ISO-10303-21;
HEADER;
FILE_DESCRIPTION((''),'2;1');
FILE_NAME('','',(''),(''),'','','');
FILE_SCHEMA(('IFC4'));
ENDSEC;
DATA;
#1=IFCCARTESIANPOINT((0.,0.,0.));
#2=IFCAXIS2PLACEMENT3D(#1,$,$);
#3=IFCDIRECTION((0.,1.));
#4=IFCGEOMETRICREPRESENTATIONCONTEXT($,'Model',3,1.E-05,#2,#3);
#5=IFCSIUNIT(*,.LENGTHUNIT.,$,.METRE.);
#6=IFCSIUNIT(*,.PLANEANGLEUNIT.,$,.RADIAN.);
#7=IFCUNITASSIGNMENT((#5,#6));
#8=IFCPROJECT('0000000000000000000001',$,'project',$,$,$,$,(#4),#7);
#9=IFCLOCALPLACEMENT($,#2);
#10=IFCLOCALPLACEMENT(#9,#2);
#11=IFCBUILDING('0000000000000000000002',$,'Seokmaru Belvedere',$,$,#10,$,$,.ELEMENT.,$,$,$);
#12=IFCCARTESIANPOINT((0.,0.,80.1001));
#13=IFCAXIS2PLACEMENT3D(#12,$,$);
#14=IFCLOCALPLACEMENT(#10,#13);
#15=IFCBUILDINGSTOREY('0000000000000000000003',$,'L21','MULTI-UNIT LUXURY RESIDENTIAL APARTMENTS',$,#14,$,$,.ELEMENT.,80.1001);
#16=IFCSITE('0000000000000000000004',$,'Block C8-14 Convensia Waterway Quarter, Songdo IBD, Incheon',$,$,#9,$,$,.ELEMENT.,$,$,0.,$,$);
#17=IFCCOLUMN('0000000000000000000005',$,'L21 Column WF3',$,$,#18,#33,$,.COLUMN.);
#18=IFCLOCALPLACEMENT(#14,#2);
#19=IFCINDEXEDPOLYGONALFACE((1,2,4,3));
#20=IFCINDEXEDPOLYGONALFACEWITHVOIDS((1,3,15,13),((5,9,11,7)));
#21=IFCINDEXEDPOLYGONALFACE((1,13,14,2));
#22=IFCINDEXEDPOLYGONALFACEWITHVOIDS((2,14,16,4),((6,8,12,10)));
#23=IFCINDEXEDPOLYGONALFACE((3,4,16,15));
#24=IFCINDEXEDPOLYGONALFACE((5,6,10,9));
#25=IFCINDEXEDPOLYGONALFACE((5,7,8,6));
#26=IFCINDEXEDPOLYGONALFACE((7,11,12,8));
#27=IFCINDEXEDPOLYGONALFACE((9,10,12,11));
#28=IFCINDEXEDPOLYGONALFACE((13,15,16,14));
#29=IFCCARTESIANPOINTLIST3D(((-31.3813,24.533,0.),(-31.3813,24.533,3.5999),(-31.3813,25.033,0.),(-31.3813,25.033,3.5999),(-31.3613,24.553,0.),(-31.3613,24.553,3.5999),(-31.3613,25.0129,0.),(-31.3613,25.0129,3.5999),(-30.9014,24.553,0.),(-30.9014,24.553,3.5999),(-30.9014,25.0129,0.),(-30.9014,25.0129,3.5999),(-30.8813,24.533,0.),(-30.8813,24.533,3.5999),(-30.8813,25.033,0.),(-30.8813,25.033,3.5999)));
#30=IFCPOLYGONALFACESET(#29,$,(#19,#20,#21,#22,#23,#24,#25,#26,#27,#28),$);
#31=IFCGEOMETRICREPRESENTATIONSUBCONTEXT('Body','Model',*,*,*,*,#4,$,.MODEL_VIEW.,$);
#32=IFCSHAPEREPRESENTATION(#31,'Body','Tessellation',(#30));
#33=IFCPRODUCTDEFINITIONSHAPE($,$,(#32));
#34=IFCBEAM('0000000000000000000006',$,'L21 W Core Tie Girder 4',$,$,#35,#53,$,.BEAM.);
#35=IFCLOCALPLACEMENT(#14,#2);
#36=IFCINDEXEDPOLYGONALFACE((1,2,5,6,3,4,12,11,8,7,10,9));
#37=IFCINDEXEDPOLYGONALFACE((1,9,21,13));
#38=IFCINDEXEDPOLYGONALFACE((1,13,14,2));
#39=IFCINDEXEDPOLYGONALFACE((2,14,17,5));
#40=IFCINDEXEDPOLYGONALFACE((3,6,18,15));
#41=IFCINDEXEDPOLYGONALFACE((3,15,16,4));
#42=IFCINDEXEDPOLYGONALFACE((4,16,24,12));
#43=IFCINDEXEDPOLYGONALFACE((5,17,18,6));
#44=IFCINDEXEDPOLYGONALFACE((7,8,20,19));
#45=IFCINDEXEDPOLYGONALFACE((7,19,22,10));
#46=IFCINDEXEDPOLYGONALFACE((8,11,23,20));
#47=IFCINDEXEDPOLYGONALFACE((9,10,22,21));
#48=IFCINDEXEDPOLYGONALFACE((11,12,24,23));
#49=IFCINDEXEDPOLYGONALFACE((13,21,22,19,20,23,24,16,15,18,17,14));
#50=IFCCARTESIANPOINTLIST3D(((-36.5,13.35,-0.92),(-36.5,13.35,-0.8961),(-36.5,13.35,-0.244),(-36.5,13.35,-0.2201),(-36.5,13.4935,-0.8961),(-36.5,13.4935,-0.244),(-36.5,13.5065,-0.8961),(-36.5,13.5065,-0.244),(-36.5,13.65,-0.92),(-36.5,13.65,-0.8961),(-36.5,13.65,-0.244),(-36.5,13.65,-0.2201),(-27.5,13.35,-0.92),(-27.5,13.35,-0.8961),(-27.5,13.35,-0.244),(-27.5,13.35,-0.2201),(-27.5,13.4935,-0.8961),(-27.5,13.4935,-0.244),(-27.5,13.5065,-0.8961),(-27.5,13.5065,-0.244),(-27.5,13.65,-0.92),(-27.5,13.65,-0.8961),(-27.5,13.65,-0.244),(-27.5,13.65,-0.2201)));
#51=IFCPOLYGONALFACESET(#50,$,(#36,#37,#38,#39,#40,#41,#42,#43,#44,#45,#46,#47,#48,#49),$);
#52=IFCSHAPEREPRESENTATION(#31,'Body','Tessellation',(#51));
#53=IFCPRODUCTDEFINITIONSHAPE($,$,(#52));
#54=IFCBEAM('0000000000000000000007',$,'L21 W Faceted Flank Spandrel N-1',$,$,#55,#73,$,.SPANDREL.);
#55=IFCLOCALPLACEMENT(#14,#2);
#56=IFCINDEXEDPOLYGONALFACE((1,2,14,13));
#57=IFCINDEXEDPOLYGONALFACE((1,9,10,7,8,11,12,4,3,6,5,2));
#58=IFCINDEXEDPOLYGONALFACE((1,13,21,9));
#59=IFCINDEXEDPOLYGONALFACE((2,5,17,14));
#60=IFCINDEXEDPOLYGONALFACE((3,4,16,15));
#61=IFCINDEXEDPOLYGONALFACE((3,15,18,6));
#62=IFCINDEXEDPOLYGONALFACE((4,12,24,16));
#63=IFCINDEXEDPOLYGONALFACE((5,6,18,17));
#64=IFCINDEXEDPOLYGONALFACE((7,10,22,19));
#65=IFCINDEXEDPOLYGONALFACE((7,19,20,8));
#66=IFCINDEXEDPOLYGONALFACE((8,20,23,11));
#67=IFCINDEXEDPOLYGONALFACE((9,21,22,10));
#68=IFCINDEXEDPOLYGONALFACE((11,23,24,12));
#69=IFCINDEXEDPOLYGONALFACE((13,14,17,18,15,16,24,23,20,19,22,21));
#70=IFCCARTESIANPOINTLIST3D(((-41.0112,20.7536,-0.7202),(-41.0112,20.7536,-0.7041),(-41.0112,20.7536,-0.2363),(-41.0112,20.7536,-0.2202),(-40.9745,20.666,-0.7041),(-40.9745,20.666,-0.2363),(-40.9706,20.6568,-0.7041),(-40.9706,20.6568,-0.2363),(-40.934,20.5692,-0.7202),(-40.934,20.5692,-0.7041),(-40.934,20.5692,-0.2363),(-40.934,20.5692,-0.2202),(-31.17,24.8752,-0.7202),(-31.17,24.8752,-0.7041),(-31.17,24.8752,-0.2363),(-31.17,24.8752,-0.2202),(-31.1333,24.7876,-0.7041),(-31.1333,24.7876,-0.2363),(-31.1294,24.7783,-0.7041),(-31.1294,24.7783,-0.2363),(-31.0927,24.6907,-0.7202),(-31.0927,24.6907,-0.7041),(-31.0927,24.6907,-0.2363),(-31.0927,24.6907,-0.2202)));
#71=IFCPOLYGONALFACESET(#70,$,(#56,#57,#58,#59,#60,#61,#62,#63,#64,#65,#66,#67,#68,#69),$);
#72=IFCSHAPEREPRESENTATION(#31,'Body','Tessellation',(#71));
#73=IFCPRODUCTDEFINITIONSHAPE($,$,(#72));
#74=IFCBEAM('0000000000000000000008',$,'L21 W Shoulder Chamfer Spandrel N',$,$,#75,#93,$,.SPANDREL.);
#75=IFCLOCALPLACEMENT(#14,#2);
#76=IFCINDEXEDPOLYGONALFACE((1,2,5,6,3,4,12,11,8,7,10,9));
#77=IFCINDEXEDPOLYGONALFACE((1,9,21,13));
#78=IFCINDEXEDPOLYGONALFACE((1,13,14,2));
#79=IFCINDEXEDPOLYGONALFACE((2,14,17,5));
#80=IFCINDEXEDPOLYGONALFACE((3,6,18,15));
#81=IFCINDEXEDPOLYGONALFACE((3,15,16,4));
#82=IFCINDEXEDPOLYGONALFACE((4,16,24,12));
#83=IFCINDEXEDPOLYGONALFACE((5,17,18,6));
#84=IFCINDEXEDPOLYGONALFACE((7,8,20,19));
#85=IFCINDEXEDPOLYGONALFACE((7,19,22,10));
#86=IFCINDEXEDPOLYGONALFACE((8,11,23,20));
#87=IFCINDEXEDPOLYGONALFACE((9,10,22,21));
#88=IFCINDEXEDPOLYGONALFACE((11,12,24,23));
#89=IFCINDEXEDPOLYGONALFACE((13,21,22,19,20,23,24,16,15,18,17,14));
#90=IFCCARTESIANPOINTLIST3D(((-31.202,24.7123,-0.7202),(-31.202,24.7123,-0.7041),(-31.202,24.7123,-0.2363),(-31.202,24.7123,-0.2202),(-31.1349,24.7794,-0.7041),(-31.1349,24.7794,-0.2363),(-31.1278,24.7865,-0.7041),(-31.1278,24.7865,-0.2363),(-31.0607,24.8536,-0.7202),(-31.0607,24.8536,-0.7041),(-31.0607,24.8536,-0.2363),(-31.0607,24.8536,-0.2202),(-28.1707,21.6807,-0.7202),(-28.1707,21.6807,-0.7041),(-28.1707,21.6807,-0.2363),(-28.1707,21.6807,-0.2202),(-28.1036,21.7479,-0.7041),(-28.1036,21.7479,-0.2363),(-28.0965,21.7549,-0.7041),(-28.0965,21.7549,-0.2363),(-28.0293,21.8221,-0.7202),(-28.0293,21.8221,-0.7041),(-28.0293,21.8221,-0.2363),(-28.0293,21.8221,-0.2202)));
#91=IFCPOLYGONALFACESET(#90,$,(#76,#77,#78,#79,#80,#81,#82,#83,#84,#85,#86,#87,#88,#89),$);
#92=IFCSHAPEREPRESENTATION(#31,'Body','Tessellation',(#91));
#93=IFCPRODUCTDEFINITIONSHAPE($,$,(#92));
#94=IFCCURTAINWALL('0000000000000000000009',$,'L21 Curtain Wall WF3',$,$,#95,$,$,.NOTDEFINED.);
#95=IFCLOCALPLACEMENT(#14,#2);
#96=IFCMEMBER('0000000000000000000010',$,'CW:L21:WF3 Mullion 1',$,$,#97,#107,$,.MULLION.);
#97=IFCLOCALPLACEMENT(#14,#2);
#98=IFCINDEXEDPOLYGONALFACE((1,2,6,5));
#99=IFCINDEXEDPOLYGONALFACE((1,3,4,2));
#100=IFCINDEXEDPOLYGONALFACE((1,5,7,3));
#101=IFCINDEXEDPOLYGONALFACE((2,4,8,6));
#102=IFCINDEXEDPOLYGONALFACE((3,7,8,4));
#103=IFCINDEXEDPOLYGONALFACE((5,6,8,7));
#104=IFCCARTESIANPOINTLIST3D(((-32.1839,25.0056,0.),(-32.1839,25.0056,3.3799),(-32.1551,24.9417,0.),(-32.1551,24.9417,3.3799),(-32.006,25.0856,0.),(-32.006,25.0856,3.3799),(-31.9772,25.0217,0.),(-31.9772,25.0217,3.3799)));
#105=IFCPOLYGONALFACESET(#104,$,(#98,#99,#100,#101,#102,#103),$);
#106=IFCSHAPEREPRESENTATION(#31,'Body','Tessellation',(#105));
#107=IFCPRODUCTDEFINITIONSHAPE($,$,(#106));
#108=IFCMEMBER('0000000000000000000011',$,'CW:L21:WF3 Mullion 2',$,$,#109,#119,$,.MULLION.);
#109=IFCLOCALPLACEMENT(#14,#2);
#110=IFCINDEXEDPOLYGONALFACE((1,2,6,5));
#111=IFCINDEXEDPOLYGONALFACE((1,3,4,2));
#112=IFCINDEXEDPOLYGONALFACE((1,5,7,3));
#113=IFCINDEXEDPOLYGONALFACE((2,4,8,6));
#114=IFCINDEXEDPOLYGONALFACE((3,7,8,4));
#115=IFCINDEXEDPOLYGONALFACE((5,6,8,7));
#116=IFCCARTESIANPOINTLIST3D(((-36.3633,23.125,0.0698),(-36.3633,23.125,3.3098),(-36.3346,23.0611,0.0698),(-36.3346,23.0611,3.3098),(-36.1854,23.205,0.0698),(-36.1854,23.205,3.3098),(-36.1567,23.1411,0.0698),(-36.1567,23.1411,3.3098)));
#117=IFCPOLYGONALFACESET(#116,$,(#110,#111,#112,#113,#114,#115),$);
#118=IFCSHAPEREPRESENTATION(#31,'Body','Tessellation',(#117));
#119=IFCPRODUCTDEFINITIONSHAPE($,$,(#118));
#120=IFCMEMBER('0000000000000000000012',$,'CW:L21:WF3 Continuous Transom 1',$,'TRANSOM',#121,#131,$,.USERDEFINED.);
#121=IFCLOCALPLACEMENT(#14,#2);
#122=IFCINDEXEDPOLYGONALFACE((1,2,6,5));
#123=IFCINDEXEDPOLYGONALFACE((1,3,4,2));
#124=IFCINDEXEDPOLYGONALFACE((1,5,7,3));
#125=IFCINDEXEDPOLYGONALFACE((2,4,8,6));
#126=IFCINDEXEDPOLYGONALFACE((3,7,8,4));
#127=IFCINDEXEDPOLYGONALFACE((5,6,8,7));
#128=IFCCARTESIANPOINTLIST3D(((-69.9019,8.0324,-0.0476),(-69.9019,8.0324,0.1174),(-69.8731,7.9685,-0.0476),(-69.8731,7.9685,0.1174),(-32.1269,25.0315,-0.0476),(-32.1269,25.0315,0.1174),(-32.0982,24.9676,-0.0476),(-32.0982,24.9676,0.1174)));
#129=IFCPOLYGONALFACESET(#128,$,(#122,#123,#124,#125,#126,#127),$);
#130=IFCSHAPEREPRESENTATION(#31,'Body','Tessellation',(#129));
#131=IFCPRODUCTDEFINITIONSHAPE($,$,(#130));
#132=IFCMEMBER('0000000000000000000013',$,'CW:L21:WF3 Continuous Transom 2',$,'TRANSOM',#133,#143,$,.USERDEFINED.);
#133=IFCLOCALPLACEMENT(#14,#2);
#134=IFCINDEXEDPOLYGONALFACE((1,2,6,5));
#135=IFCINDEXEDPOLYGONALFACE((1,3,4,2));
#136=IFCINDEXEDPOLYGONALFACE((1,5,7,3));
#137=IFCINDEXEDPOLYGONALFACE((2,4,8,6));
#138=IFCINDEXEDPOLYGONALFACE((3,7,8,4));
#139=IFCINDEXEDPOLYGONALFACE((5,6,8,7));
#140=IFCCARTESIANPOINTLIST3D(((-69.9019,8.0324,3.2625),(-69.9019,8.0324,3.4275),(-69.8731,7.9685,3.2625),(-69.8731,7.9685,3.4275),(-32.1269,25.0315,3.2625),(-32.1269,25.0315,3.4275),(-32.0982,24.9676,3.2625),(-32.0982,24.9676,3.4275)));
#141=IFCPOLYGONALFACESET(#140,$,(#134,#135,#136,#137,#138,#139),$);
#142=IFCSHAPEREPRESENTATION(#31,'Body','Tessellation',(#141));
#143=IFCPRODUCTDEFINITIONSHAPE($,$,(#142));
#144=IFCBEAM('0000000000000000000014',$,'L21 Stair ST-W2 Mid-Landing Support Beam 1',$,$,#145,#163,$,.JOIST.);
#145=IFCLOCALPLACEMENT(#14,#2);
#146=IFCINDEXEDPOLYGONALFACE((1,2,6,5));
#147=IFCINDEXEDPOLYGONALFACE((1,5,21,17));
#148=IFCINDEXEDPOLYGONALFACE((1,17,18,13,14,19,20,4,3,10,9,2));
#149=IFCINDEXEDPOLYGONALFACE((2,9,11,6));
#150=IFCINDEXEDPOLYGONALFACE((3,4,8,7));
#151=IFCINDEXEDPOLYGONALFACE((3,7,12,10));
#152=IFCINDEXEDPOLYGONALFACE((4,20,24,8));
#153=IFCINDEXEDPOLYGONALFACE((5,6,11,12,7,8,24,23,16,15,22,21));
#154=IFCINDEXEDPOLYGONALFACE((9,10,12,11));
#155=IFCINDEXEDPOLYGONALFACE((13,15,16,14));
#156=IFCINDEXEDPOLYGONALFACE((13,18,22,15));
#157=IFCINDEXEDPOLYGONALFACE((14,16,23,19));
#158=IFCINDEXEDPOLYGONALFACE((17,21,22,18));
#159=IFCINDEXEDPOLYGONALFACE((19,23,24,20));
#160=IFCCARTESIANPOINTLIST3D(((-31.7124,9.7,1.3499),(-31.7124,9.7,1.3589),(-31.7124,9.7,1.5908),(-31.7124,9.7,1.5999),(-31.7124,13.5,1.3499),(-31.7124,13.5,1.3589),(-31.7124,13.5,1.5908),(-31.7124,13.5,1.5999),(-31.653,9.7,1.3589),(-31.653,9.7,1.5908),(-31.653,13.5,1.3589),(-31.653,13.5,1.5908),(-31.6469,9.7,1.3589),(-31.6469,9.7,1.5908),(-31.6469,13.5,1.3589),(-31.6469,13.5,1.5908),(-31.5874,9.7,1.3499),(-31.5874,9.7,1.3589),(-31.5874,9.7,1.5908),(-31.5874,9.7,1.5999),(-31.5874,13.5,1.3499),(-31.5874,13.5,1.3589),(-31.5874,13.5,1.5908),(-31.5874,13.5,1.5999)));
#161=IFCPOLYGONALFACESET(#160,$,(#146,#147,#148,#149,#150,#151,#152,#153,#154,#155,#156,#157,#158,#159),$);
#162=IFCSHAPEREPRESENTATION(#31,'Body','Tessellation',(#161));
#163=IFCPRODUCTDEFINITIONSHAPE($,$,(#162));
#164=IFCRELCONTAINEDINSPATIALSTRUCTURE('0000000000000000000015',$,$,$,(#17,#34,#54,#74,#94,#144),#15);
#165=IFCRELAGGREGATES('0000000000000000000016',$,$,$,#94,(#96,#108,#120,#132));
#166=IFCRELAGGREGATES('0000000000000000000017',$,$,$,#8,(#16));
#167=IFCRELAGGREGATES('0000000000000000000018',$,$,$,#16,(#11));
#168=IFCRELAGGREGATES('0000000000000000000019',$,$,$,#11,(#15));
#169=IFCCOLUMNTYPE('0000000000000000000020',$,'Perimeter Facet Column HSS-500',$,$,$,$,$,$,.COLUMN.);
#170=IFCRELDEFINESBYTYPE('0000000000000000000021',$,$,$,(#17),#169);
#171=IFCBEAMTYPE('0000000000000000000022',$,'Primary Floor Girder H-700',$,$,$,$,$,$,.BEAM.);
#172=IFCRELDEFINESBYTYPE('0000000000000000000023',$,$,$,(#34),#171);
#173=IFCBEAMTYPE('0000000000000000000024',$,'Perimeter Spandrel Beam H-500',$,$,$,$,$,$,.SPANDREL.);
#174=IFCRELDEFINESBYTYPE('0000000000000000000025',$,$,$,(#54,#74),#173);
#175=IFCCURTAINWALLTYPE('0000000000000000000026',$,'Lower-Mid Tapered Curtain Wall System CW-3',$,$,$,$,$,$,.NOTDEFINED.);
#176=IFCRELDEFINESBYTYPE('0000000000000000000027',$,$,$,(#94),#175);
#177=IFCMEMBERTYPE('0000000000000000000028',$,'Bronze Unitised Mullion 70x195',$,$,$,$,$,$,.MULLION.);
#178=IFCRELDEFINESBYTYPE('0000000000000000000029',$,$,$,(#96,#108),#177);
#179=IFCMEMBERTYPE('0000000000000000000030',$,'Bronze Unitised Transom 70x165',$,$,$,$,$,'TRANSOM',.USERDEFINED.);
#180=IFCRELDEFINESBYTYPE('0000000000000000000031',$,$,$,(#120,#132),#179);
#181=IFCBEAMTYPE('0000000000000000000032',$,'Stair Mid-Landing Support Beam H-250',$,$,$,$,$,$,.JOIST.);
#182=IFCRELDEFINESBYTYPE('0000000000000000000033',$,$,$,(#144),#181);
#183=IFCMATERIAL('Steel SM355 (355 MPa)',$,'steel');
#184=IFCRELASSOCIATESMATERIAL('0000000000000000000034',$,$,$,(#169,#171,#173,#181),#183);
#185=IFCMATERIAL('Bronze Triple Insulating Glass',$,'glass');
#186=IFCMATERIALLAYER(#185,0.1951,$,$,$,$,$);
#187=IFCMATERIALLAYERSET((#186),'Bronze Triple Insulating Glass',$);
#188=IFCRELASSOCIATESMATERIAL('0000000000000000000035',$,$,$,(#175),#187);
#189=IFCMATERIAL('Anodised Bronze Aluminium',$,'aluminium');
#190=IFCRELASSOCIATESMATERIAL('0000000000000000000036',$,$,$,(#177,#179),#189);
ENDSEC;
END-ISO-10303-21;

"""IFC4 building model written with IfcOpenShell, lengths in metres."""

from ifc_helpers import new_model, si_unit, direction, frame, origin, origin_2d, place, context, subcontext, project, spatial, rectangle, hollow_rectangle, i_section, extrude, source, transform, mapped, material, layer, layer_set, material_profile, profile_set, type_object, type_shapes, element, aggregate, save


model = new_model("IFC4")

# Units and contexts
model_context = context("Model", 3, precision=1e-05, world=origin(), true_north=direction((0.0, 1.0)))
body_context = subcontext(model_context, "Body", "Model", "MODEL_VIEW")
ifc_project = project(units=[si_unit("LENGTHUNIT", "METRE"), si_unit("PLANEANGLEUNIT", "RADIAN")], contexts=[model_context])

# Site, building, storey
site_placement = place(None, origin())
site = spatial("IfcSite", under=ifc_project, at=site_placement, Name="Block C8-14 Convensia Waterway Quarter, Songdo IBD, Incheon", CompositionType="ELEMENT", RefElevation=0.0)
building_placement = place(site_placement, origin())
building = spatial("IfcBuilding", under=site, at=building_placement, Name="Seokmaru Belvedere", CompositionType="ELEMENT")
storey_placement = place(building_placement, frame((0.0, 0.0, 80.1001)))
storey = spatial("IfcBuildingStorey", under=building, at=storey_placement, Name="L21", Description="MULTI-UNIT LUXURY RESIDENTIAL APARTMENTS", CompositionType="ELEMENT", Elevation=80.1001)

# Column
ifc_material_1 = material(Name="Steel SM355 (355 MPa)", Category="steel")
ifc_material_profile_1 = material_profile(ifc_material_1, hollow_rectangle(XDim=0.5, YDim=0.5, WallThickness=0.02, at=origin_2d()), Name="HSS-500x500x20")
ifc_profile_set_1 = profile_set([ifc_material_profile_1], Name="Steel SM355 (355 MPa)")
column_type = type_object("IfcColumnType", Name="Perimeter Facet Column HSS-500", PredefinedType="COLUMN", material=ifc_profile_set_1)
shared_shape_1 = source(origin(), body_context, "Body", "SweptSolid", [
    extrude(hollow_rectangle(XDim=0.5, YDim=0.5, WallThickness=0.02, at=origin_2d()), origin(), (0.0, 0.0, 1.0), 3.5999),
])
type_shapes(column_type, [shared_shape_1])
column_placement = place(storey_placement, frame((-31.1313, 24.783, 0.0), z_axis=(0.0, 0.0, 1.0), x_axis=(1.0, 0.0, 0.0)))
element("IfcColumn", 1, at=column_placement, inside=storey, type_object=column_type, Name="L21 Column WF3", PredefinedType="COLUMN", context=body_context, shape_type="MappedRepresentation", body=[
    mapped(shared_shape_1, transform((0.0, 0.0, 0.0), scale=1.0)),
])

# Beams
ifc_material_profile_2 = material_profile(ifc_material_1, i_section(OverallWidth=0.3, OverallDepth=0.7, WebThickness=0.0129, FlangeThickness=0.0239, at=origin_2d()), Name="H-700x300x13x24")
ifc_profile_set_2 = profile_set([ifc_material_profile_2], Name="Steel SM355 (355 MPa)")
beam_type_1 = type_object("IfcBeamType", Name="Primary Floor Girder H-700", PredefinedType="BEAM", material=ifc_profile_set_2)
shared_shape_2 = source(origin(), body_context, "Body", "SweptSolid", [
    extrude(i_section(OverallWidth=0.3, OverallDepth=0.7, WebThickness=0.0129, FlangeThickness=0.0239, at=origin_2d()), origin(), (0.0, 0.0, 1.0), 9.0),
])
type_shapes(beam_type_1, [shared_shape_2])
beam_1_placement = place(storey_placement, frame((-36.5, 13.5, -0.5701), z_axis=(1.0, 0.0, 0.0), x_axis=(0.0, 1.0, 0.0)))
element("IfcBeam", 2, at=beam_1_placement, inside=storey, type_object=beam_type_1, Name="L21 W Core Tie Girder 4", PredefinedType="BEAM", context=body_context, shape_type="MappedRepresentation", body=[
    mapped(shared_shape_2, transform((0.0, 0.0, 0.0), scale=1.0)),
])
ifc_material_profile_3 = material_profile(ifc_material_1, i_section(OverallWidth=0.2, OverallDepth=0.5, WebThickness=0.01, FlangeThickness=0.0161, at=origin_2d()), Name="H-500x200x10x16")
ifc_profile_set_3 = profile_set([ifc_material_profile_3], Name="Steel SM355 (355 MPa)")
beam_type_2 = type_object("IfcBeamType", Name="Perimeter Spandrel Beam H-500", PredefinedType="SPANDREL", material=ifc_profile_set_3)
shared_shape_3 = source(origin(), body_context, "Body", "SweptSolid", [
    extrude(i_section(OverallWidth=0.2, OverallDepth=0.5, WebThickness=0.01, FlangeThickness=0.0161, at=origin_2d()), origin(), (0.0, 0.0, 1.0), 10.6694),
])
beam_2_placement = place(storey_placement, frame((-31.1313, 24.783, -0.4702), z_axis=(-0.922375, -0.386295, 0.0), x_axis=(0.386295, -0.922375, 0.0)))
element("IfcBeam", 3, at=beam_2_placement, inside=storey, type_object=beam_type_2, Name="L21 W Faceted Flank Spandrel N-1", PredefinedType="SPANDREL", context=body_context, shape_type="MappedRepresentation", body=[
    mapped(shared_shape_3, transform((0.0, 0.0, 0.0), scale=1.0)),
])
shared_shape_4 = source(origin(), body_context, "Body", "SweptSolid", [
    extrude(i_section(OverallWidth=0.2, OverallDepth=0.5, WebThickness=0.01, FlangeThickness=0.0161, at=origin_2d()), origin(), (0.0, 0.0, 1.0), 4.2871),
])
type_shapes(beam_type_2, [shared_shape_3, shared_shape_4])
beam_3_placement = place(storey_placement, frame((-31.1313, 24.783, -0.4702), z_axis=(0.707078, -0.707135, 0.0), x_axis=(0.707135, 0.707078, 0.0)))
element("IfcBeam", 4, at=beam_3_placement, inside=storey, type_object=beam_type_2, Name="L21 W Shoulder Chamfer Spandrel N", PredefinedType="SPANDREL", context=body_context, shape_type="MappedRepresentation", body=[
    mapped(shared_shape_4, transform((0.0, 0.0, 0.0), scale=1.0)),
])

# Curtain wall, members
ifc_material_2 = material(Name="Bronze Triple Insulating Glass", Category="glass")
ifc_layer_1 = layer(ifc_material_2, 0.1951)
ifc_layer_set_1 = layer_set([ifc_layer_1], Name="Bronze Triple Insulating Glass")
curtain_wall_type = type_object("IfcCurtainWallType", Name="Lower-Mid Tapered Curtain Wall System CW-3", PredefinedType="NOTDEFINED", material=ifc_layer_set_1)
curtain_wall_placement = place(storey_placement, origin())
curtain_wall = element("IfcCurtainWall", 5, at=curtain_wall_placement, inside=storey, type_object=curtain_wall_type, Name="L21 Curtain Wall WF3", PredefinedType="NOTDEFINED")
ifc_material_3 = material(Name="Anodised Bronze Aluminium", Category="aluminium")
ifc_material_profile_4 = material_profile(ifc_material_3, rectangle(XDim=0.0701, YDim=0.1951, at=origin_2d()), Name="CW-M-70x195")
ifc_profile_set_4 = profile_set([ifc_material_profile_4], Name="Anodised Bronze Aluminium")
member_type_1 = type_object("IfcMemberType", Name="Bronze Unitised Mullion 70x195", PredefinedType="MULLION", material=ifc_profile_set_4)
shared_shape_5 = source(origin(), body_context, "Body", "SweptSolid", [
    extrude(rectangle(XDim=0.0701, YDim=0.1951, at=origin_2d()), origin(), (0.0, 0.0, 1.0), 3.3799),
])
member_1_placement = place(storey_placement, frame((-32.0806, 25.0137, 0.0), z_axis=(0.0, 0.0, 1.0), x_axis=(0.410366, -0.911921, 0.0)))
member_1 = element("IfcMember", 6, at=member_1_placement, type_object=member_type_1, Name="CW:L21:WF3 Mullion 1", PredefinedType="MULLION", context=body_context, shape_type="MappedRepresentation", body=[
    mapped(shared_shape_5, transform((0.0, 0.0, 0.0), scale=1.0)),
])
shared_shape_6 = source(origin(), body_context, "Body", "SweptSolid", [
    extrude(rectangle(XDim=0.0701, YDim=0.1951, at=origin_2d()), origin(), (0.0, 0.0, 1.0), 3.24),
])
type_shapes(member_type_1, [shared_shape_5, shared_shape_6])
member_2_placement = place(storey_placement, frame((-36.26, 23.1331, 0.0698), z_axis=(0.0, 0.0, 1.0), x_axis=(0.410366, -0.911921, 0.0)))
member_2 = element("IfcMember", 7, at=member_2_placement, type_object=member_type_1, Name="CW:L21:WF3 Mullion 2", PredefinedType="MULLION", context=body_context, shape_type="MappedRepresentation", body=[
    mapped(shared_shape_6, transform((0.0, 0.0, 0.0), scale=1.0)),
])
ifc_material_profile_5 = material_profile(ifc_material_3, rectangle(XDim=0.0701, YDim=0.165, at=origin_2d()), Name="CW-T-70x165")
ifc_profile_set_5 = profile_set([ifc_material_profile_5], Name="Anodised Bronze Aluminium")
member_type_2 = type_object("IfcMemberType", Name="Bronze Unitised Transom 70x165", ElementType="TRANSOM", PredefinedType="USERDEFINED", material=ifc_profile_set_5)
shared_shape_7 = source(origin(), body_context, "Body", "SweptSolid", [
    extrude(rectangle(XDim=0.0701, YDim=0.165, at=origin_2d()), origin(), (0.0, 0.0, 1.0), 41.4236),
])
type_shapes(member_type_2, [shared_shape_7])
member_3_placement = place(storey_placement, frame((-32.1125, 24.9995, 0.0349), z_axis=(-0.911919, -0.410371, 0.0), x_axis=(0.410371, -0.911919, 0.0)))
member_3 = element("IfcMember", 8, at=member_3_placement, type_object=member_type_2, Name="CW:L21:WF3 Continuous Transom 1", ObjectType="TRANSOM", PredefinedType="USERDEFINED", context=body_context, shape_type="MappedRepresentation", body=[
    mapped(shared_shape_7, transform((0.0, 0.0, 0.0), scale=1.0)),
])
member_4_placement = place(storey_placement, frame((-32.1125, 24.9995, 3.345), z_axis=(-0.911919, -0.410371, 0.0), x_axis=(0.410371, -0.911919, 0.0)))
member_4 = element("IfcMember", 9, at=member_4_placement, type_object=member_type_2, Name="CW:L21:WF3 Continuous Transom 2", ObjectType="TRANSOM", PredefinedType="USERDEFINED", context=body_context, shape_type="MappedRepresentation", body=[
    mapped(shared_shape_7, transform((0.0, 0.0, 0.0), scale=1.0)),
])

# Beam
ifc_material_profile_6 = material_profile(ifc_material_1, i_section(OverallWidth=0.125, OverallDepth=0.25, WebThickness=0.0061, FlangeThickness=0.009, at=origin_2d()), Name="H-250x125x6x9")
ifc_profile_set_6 = profile_set([ifc_material_profile_6], Name="Steel SM355 (355 MPa)")
beam_type_3 = type_object("IfcBeamType", Name="Stair Mid-Landing Support Beam H-250", PredefinedType="JOIST", material=ifc_profile_set_6)
shared_shape_8 = source(origin(), body_context, "Body", "SweptSolid", [
    extrude(i_section(OverallWidth=0.125, OverallDepth=0.25, WebThickness=0.0061, FlangeThickness=0.009, at=origin_2d()), origin(), (0.0, 0.0, 1.0), 3.8),
])
type_shapes(beam_type_3, [shared_shape_8])
beam_4_placement = place(storey_placement, frame((-31.6499, 9.7, 1.4749), z_axis=(0.0, 1.0, 0.0), x_axis=(-1.0, 0.0, 0.0)))
element("IfcBeam", 10, at=beam_4_placement, inside=storey, type_object=beam_type_3, Name="L21 Stair ST-W2 Mid-Landing Support Beam 1", PredefinedType="JOIST", context=body_context, shape_type="MappedRepresentation", body=[
    mapped(shared_shape_8, transform((0.0, 0.0, 0.0), scale=1.0)),
])

aggregate(curtain_wall, [member_1, member_2, member_3, member_4])

save(model, "model.ifc")
